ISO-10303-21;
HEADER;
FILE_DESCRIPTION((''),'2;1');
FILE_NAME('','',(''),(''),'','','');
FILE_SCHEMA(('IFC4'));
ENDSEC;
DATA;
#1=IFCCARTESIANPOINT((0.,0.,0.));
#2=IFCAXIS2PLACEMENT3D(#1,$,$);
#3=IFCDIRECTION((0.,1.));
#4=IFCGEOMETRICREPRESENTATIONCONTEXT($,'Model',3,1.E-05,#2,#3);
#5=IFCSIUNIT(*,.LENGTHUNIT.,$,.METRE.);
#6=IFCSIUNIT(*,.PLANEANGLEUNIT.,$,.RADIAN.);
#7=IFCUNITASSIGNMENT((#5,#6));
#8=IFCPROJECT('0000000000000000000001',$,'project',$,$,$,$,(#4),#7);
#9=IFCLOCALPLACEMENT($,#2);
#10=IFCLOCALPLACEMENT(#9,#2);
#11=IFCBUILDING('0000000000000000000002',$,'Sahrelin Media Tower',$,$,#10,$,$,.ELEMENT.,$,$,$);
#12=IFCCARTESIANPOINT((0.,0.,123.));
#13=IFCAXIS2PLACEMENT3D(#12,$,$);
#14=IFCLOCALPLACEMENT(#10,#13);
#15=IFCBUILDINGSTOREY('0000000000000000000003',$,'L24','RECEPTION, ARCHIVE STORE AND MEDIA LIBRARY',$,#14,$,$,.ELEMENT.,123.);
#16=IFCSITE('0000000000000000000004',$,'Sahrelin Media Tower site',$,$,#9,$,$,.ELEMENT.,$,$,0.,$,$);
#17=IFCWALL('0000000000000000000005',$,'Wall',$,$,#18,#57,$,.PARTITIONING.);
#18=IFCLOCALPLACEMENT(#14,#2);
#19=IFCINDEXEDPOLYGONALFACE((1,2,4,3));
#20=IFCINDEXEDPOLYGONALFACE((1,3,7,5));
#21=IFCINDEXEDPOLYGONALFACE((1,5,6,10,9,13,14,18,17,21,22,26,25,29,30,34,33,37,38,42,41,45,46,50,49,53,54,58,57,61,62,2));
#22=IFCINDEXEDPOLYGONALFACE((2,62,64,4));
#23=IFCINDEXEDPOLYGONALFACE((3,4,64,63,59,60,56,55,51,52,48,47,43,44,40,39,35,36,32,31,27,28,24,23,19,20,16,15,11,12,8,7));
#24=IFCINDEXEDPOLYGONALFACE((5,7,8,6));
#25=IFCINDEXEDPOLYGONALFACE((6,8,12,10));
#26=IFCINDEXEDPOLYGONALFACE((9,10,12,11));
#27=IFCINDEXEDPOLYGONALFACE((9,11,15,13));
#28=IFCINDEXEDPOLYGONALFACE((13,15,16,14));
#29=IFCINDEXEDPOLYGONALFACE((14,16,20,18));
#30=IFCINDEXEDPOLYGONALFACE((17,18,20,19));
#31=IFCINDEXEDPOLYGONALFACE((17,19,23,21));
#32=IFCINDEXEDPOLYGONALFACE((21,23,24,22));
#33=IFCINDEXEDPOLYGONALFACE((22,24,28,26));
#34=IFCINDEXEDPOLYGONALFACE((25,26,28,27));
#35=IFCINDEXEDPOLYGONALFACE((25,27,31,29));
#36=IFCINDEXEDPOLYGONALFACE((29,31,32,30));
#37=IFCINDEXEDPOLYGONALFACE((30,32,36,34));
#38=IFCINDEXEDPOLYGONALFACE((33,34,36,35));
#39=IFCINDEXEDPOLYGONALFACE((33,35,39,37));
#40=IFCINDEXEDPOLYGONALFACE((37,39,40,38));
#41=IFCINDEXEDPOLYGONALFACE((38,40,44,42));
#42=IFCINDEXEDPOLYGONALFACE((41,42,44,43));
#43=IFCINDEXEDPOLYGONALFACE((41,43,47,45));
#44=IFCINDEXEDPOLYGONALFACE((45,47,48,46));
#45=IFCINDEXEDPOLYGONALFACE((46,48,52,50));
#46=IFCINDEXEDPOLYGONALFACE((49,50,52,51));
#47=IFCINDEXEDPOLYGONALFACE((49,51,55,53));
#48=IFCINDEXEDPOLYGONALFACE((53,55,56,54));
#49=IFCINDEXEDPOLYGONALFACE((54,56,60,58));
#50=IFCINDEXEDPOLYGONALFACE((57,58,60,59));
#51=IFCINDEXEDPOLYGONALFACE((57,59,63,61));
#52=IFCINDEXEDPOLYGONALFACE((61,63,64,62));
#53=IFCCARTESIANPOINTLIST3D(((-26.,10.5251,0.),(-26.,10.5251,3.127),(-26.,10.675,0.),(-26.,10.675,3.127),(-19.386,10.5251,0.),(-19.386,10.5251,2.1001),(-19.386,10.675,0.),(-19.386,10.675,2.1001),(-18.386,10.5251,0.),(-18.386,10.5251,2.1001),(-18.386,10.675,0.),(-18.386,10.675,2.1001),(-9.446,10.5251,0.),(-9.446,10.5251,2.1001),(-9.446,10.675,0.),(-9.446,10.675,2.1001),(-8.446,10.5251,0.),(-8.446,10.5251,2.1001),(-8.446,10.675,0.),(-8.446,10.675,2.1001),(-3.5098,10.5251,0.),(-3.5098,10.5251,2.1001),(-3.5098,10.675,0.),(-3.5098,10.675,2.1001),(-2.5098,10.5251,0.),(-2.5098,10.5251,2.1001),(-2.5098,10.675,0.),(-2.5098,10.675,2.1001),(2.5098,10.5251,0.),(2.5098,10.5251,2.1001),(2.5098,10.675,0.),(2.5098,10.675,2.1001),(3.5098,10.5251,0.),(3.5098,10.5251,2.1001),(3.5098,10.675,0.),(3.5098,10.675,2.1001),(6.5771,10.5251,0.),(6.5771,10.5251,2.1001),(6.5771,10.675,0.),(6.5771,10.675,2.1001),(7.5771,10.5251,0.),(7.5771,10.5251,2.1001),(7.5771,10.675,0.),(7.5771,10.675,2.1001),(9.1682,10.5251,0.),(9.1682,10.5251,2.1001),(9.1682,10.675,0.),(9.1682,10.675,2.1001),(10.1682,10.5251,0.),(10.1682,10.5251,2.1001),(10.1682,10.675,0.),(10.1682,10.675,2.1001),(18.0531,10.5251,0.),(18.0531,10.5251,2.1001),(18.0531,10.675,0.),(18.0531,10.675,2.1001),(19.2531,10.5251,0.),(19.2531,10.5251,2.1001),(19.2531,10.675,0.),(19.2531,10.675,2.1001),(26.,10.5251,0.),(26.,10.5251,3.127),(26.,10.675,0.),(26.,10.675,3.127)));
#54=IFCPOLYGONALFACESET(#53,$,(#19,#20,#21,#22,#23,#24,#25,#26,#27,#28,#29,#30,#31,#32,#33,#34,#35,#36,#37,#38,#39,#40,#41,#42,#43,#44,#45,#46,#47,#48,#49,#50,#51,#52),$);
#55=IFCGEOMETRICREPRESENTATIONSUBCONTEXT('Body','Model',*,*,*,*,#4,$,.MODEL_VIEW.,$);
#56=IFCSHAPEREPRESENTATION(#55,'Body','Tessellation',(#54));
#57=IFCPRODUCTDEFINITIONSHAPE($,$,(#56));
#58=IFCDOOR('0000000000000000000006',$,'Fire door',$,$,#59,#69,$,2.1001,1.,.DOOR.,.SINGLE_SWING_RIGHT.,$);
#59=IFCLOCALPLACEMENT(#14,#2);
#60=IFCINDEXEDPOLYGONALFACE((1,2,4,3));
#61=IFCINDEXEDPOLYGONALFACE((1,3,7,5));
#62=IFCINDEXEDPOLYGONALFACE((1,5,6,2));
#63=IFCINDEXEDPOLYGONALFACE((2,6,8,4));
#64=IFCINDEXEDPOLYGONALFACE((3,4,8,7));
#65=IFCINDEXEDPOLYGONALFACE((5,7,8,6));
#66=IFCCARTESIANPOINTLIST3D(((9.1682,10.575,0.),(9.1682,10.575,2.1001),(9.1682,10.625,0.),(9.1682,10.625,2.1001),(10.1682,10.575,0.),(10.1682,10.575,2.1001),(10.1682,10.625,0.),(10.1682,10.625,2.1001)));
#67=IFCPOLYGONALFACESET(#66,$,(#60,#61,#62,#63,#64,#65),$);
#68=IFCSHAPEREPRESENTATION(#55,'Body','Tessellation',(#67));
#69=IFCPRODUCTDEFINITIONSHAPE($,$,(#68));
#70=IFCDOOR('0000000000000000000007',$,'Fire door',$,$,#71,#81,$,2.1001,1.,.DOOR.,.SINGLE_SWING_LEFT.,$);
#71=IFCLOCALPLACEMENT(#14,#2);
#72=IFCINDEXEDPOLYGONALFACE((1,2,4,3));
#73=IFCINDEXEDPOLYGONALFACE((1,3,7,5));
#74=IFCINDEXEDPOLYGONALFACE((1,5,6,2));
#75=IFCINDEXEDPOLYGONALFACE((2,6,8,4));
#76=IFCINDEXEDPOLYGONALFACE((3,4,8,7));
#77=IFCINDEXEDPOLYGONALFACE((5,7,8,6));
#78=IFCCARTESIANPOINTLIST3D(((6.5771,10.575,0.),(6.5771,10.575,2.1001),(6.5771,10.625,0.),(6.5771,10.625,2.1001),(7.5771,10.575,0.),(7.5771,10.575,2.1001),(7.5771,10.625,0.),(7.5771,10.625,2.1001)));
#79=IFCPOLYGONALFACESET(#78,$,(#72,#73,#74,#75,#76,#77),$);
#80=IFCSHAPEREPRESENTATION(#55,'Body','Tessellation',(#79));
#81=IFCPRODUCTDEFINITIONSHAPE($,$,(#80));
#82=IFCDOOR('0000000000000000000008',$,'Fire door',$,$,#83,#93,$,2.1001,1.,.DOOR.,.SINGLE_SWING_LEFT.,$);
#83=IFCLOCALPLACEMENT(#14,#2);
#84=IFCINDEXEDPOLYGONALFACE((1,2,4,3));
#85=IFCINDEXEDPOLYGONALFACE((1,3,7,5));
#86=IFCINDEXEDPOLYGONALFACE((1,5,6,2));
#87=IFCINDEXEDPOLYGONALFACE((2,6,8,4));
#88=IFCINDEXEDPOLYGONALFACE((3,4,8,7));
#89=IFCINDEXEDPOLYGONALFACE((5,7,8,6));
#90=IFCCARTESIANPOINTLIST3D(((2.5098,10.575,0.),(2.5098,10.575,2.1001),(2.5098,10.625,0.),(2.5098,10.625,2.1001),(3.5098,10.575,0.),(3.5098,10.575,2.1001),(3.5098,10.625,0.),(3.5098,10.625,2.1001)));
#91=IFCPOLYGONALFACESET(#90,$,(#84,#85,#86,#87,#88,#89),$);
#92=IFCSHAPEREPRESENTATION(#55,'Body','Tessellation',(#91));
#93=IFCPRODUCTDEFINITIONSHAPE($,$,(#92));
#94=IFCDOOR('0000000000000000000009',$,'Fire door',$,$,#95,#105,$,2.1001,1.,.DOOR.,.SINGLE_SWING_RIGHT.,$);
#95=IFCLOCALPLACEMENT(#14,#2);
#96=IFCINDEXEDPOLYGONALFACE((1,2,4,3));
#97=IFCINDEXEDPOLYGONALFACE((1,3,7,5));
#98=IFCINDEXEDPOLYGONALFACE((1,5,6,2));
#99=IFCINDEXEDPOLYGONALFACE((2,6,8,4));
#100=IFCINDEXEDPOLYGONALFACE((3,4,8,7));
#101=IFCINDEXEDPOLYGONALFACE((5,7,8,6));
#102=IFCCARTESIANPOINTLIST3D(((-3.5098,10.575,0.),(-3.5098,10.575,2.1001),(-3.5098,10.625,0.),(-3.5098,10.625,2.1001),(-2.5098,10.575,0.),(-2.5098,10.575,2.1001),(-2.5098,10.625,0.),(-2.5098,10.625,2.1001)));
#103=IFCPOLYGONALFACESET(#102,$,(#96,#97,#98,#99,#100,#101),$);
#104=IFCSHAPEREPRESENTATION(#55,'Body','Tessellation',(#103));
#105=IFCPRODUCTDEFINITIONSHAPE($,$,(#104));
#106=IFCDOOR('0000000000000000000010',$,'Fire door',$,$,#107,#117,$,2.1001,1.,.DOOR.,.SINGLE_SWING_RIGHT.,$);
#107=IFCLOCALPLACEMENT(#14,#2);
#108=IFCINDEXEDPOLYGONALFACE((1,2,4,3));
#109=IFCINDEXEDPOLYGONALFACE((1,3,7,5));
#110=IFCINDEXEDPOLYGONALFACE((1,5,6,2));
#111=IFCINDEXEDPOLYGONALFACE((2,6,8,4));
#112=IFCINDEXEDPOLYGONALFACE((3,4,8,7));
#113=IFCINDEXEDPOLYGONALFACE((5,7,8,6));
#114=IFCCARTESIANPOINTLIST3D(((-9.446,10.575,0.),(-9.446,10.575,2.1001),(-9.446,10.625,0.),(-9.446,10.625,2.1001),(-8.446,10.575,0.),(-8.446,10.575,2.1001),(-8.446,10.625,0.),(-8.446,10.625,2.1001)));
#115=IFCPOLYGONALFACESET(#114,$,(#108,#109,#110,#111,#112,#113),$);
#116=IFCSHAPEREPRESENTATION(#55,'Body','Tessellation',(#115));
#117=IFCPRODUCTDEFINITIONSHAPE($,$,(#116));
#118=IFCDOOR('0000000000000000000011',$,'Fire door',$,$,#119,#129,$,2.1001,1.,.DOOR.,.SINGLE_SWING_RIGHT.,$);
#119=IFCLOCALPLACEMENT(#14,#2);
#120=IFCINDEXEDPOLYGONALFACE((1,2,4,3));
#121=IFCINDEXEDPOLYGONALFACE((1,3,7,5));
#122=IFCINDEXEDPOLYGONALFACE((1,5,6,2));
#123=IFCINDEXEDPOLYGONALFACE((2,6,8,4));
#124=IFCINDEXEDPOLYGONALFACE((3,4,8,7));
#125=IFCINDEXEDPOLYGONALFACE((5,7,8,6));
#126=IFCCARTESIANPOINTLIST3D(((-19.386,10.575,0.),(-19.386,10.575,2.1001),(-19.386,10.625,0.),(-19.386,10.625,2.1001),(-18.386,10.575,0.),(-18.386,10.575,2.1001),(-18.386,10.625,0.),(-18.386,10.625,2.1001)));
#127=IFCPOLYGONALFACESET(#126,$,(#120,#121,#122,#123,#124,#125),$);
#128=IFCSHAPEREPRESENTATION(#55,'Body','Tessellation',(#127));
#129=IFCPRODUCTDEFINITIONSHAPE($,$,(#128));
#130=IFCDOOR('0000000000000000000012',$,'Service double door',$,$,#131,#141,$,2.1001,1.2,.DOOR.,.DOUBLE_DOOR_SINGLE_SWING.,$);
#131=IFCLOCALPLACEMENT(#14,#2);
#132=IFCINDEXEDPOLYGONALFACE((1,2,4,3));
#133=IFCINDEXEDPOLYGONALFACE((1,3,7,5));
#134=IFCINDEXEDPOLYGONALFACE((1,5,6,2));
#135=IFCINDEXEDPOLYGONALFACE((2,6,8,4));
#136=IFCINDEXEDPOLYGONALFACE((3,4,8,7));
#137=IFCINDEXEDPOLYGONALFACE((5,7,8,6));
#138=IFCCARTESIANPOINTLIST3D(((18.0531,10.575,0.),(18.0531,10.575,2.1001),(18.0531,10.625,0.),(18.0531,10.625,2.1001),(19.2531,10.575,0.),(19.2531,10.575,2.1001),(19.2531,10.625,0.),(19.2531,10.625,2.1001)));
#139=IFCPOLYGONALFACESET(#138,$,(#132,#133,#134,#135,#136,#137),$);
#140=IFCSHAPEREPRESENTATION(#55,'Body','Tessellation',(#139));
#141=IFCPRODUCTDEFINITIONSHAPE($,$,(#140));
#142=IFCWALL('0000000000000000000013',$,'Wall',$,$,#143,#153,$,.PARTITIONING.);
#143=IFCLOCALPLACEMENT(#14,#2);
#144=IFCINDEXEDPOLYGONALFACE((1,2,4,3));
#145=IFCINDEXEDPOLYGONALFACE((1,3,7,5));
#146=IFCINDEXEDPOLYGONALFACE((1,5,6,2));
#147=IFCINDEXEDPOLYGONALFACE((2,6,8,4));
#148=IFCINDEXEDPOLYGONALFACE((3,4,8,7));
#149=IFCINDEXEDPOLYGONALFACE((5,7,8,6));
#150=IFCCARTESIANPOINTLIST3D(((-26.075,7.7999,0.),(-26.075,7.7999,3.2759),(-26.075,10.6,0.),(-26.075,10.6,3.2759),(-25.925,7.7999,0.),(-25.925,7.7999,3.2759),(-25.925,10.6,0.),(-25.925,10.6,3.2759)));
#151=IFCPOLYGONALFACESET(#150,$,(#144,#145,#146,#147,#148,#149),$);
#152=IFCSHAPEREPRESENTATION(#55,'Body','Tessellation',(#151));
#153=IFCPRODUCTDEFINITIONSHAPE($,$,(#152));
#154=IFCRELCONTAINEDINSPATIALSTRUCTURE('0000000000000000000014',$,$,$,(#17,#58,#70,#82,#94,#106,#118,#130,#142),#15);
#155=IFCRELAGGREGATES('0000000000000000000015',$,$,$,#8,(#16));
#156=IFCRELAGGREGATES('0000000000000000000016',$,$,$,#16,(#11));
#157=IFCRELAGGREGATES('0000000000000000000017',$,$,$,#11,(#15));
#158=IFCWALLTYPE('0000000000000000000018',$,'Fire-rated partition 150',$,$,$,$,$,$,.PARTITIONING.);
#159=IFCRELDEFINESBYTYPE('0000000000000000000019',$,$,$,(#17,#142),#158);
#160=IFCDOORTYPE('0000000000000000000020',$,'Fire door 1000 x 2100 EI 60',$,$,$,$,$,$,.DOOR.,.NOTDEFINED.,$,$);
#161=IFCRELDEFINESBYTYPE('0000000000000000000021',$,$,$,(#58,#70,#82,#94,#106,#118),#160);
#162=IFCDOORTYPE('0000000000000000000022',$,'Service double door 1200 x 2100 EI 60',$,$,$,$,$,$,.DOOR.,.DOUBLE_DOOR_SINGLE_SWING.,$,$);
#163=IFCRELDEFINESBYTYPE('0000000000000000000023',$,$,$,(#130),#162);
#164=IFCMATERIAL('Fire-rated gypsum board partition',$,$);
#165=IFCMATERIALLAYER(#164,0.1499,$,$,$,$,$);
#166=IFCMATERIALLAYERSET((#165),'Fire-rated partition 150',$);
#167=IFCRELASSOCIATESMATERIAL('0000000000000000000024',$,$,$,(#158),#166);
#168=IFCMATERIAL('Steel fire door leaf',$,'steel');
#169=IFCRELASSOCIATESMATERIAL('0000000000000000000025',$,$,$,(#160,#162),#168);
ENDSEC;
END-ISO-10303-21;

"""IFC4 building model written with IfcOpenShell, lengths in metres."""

from ifc_helpers import new_model, si_unit, direction, frame, frame_2d, origin, place, context, subcontext, project, spatial, rectangle, extrude, material, layer, layer_set, type_object, element, fill, save


model = new_model("IFC4")

# Units and contexts
model_context = context("Model", 3, precision=1e-05, world=origin(), true_north=direction((0.0, 1.0)))
body_context = subcontext(model_context, "Body", "Model", "MODEL_VIEW")
ifc_project = project(units=[si_unit("LENGTHUNIT", "METRE"), si_unit("PLANEANGLEUNIT", "RADIAN")], contexts=[model_context])

# Site, building, storey
site_placement = place(None, origin())
site = spatial("IfcSite", under=ifc_project, at=site_placement, Name="Sahrelin Media Tower site", CompositionType="ELEMENT", RefElevation=0.0)
building_placement = place(site_placement, origin())
building = spatial("IfcBuilding", under=site, at=building_placement, Name="Sahrelin Media Tower", CompositionType="ELEMENT")
storey_placement = place(building_placement, frame((0.0, 0.0, 123.0)))
storey = spatial("IfcBuildingStorey", under=building, at=storey_placement, Name="L24", Description="RECEPTION, ARCHIVE STORE AND MEDIA LIBRARY", CompositionType="ELEMENT", Elevation=123.0)

# Shared definitions
ifc_material_1 = material(Name="Fire-rated gypsum board partition")
ifc_layer_1 = layer(ifc_material_1, 0.1499)
ifc_layer_set_1 = layer_set([ifc_layer_1], Name="Fire-rated partition 150")
wall_type = type_object("IfcWallType", Name="Fire-rated partition 150", PredefinedType="PARTITIONING", material=ifc_layer_set_1)

# Wall, openings, doors
wall_1_placement = place(storey_placement, frame((-26.0, 10.6001, 0.0), z_axis=(0.0, 0.0, 1.0), x_axis=(1.0, 0.0, 0.0)))
wall_1 = element("IfcWall", 1, at=wall_1_placement, inside=storey, type_object=wall_type, Name="Wall", PredefinedType="PARTITIONING", context=body_context, shape_type="SweptSolid", body=[
    extrude(rectangle(XDim=52.0, YDim=0.1499, at=frame_2d((26.0, 0.0))), origin(), (0.0, 0.0, 1.0), 3.127),
])
opening_1_placement = place(wall_1_placement, frame((44.053, 0.0, 0.0)))
opening_1 = element("IfcOpeningElement", 2, at=opening_1_placement, cuts=wall_1, PredefinedType="OPENING", context=body_context, shape_type="SweptSolid", body=[
    extrude(rectangle(XDim=1.2, YDim=2.1001, at=frame_2d((0.6001, 1.05))), frame((0.0, 0.075, 0.0), z_axis=(0.0, -1.0, 0.0), x_axis=(1.0, 0.0, 0.0)), (0.0, 0.0, 1.0), 0.1499),
])
opening_2_placement = place(wall_1_placement, frame((35.1682, 0.0, 0.0)))
opening_2 = element("IfcOpeningElement", 3, at=opening_2_placement, cuts=wall_1, PredefinedType="OPENING", context=body_context, shape_type="SweptSolid", body=[
    extrude(rectangle(XDim=1.0, YDim=2.1001, at=frame_2d((0.5, 1.05))), frame((0.0, 0.075, 0.0), z_axis=(0.0, -1.0, 0.0), x_axis=(1.0, 0.0, 0.0)), (0.0, 0.0, 1.0), 0.1499),
])
opening_3_placement = place(wall_1_placement, frame((32.5771, 0.0, 0.0)))
opening_3 = element("IfcOpeningElement", 4, at=opening_3_placement, cuts=wall_1, PredefinedType="OPENING", context=body_context, shape_type="SweptSolid", body=[
    extrude(rectangle(XDim=1.0, YDim=2.1001, at=frame_2d((0.5, 1.05))), frame((0.0, 0.075, 0.0), z_axis=(0.0, -1.0, 0.0), x_axis=(1.0, 0.0, 0.0)), (0.0, 0.0, 1.0), 0.1499),
])
opening_4_placement = place(wall_1_placement, frame((28.5098, 0.0, 0.0)))
opening_4 = element("IfcOpeningElement", 5, at=opening_4_placement, cuts=wall_1, PredefinedType="OPENING", context=body_context, shape_type="SweptSolid", body=[
    extrude(rectangle(XDim=1.0, YDim=2.1001, at=frame_2d((0.5, 1.05))), frame((0.0, 0.075, 0.0), z_axis=(0.0, -1.0, 0.0), x_axis=(1.0, 0.0, 0.0)), (0.0, 0.0, 1.0), 0.1499),
])
opening_5_placement = place(wall_1_placement, frame((22.4902, 0.0, 0.0)))
opening_5 = element("IfcOpeningElement", 6, at=opening_5_placement, cuts=wall_1, PredefinedType="OPENING", context=body_context, shape_type="SweptSolid", body=[
    extrude(rectangle(XDim=1.0, YDim=2.1001, at=frame_2d((0.5, 1.05))), frame((0.0, 0.075, 0.0), z_axis=(0.0, -1.0, 0.0), x_axis=(1.0, 0.0, 0.0)), (0.0, 0.0, 1.0), 0.1499),
])
opening_6_placement = place(wall_1_placement, frame((16.554, 0.0, 0.0)))
opening_6 = element("IfcOpeningElement", 7, at=opening_6_placement, cuts=wall_1, PredefinedType="OPENING", context=body_context, shape_type="SweptSolid", body=[
    extrude(rectangle(XDim=1.0, YDim=2.1001, at=frame_2d((0.5, 1.05))), frame((0.0, 0.075, 0.0), z_axis=(0.0, -1.0, 0.0), x_axis=(1.0, 0.0, 0.0)), (0.0, 0.0, 1.0), 0.1499),
])
opening_7_placement = place(wall_1_placement, frame((6.614, 0.0, 0.0)))
opening_7 = element("IfcOpeningElement", 8, at=opening_7_placement, cuts=wall_1, PredefinedType="OPENING", context=body_context, shape_type="SweptSolid", body=[
    extrude(rectangle(XDim=1.0, YDim=2.1001, at=frame_2d((0.5, 1.05))), frame((0.0, 0.075, 0.0), z_axis=(0.0, -1.0, 0.0), x_axis=(1.0, 0.0, 0.0)), (0.0, 0.0, 1.0), 0.1499),
])
ifc_material_2 = material(Name="Steel fire door leaf", Category="steel")
door_type_1 = type_object("IfcDoorType", Name="Fire door 1000 x 2100 EI 60", OperationType="NOTDEFINED", PredefinedType="DOOR", material=ifc_material_2)
door_1_placement = place(opening_2_placement, origin())
door_1 = element("IfcDoor", 9, at=door_1_placement, inside=storey, type_object=door_type_1, Name="Fire door", OperationType="SINGLE_SWING_RIGHT", OverallHeight=2.1001, OverallWidth=1.0, PredefinedType="DOOR", context=body_context, shape_type="SweptSolid", body=[
    extrude(rectangle(XDim=1.0, YDim=2.1001, at=frame_2d((0.5, 1.05))), frame((0.0, 0.0249, 0.0), z_axis=(0.0, -1.0, 0.0), x_axis=(1.0, 0.0, 0.0)), (0.0, 0.0, 1.0), 0.05),
])
fill(opening_2, door_1)
door_2_placement = place(opening_3_placement, origin())
door_2 = element("IfcDoor", 10, at=door_2_placement, inside=storey, type_object=door_type_1, Name="Fire door", OperationType="SINGLE_SWING_LEFT", OverallHeight=2.1001, OverallWidth=1.0, PredefinedType="DOOR", context=body_context, shape_type="SweptSolid", body=[
    extrude(rectangle(XDim=1.0, YDim=2.1001, at=frame_2d((0.5, 1.05))), frame((0.0, 0.0249, 0.0), z_axis=(0.0, -1.0, 0.0), x_axis=(1.0, 0.0, 0.0)), (0.0, 0.0, 1.0), 0.05),
])
fill(opening_3, door_2)
door_3_placement = place(opening_4_placement, origin())
door_3 = element("IfcDoor", 11, at=door_3_placement, inside=storey, type_object=door_type_1, Name="Fire door", OperationType="SINGLE_SWING_LEFT", OverallHeight=2.1001, OverallWidth=1.0, PredefinedType="DOOR", context=body_context, shape_type="SweptSolid", body=[
    extrude(rectangle(XDim=1.0, YDim=2.1001, at=frame_2d((0.5, 1.05))), frame((0.0, 0.0249, 0.0), z_axis=(0.0, -1.0, 0.0), x_axis=(1.0, 0.0, 0.0)), (0.0, 0.0, 1.0), 0.05),
])
fill(opening_4, door_3)
door_4_placement = place(opening_5_placement, origin())
door_4 = element("IfcDoor", 12, at=door_4_placement, inside=storey, type_object=door_type_1, Name="Fire door", OperationType="SINGLE_SWING_RIGHT", OverallHeight=2.1001, OverallWidth=1.0, PredefinedType="DOOR", context=body_context, shape_type="SweptSolid", body=[
    extrude(rectangle(XDim=1.0, YDim=2.1001, at=frame_2d((0.5, 1.05))), frame((0.0, 0.0249, 0.0), z_axis=(0.0, -1.0, 0.0), x_axis=(1.0, 0.0, 0.0)), (0.0, 0.0, 1.0), 0.05),
])
fill(opening_5, door_4)
door_5_placement = place(opening_6_placement, origin())
door_5 = element("IfcDoor", 13, at=door_5_placement, inside=storey, type_object=door_type_1, Name="Fire door", OperationType="SINGLE_SWING_RIGHT", OverallHeight=2.1001, OverallWidth=1.0, PredefinedType="DOOR", context=body_context, shape_type="SweptSolid", body=[
    extrude(rectangle(XDim=1.0, YDim=2.1001, at=frame_2d((0.5, 1.05))), frame((0.0, 0.0249, 0.0), z_axis=(0.0, -1.0, 0.0), x_axis=(1.0, 0.0, 0.0)), (0.0, 0.0, 1.0), 0.05),
])
fill(opening_6, door_5)
door_6_placement = place(opening_7_placement, origin())
door_6 = element("IfcDoor", 14, at=door_6_placement, inside=storey, type_object=door_type_1, Name="Fire door", OperationType="SINGLE_SWING_RIGHT", OverallHeight=2.1001, OverallWidth=1.0, PredefinedType="DOOR", context=body_context, shape_type="SweptSolid", body=[
    extrude(rectangle(XDim=1.0, YDim=2.1001, at=frame_2d((0.5, 1.05))), frame((0.0, 0.0249, 0.0), z_axis=(0.0, -1.0, 0.0), x_axis=(1.0, 0.0, 0.0)), (0.0, 0.0, 1.0), 0.05),
])
fill(opening_7, door_6)
door_type_2 = type_object("IfcDoorType", Name="Service double door 1200 x 2100 EI 60", OperationType="DOUBLE_DOOR_SINGLE_SWING", PredefinedType="DOOR", material=ifc_material_2)
door_7_placement = place(opening_1_placement, origin())
door_7 = element("IfcDoor", 15, at=door_7_placement, inside=storey, type_object=door_type_2, Name="Service double door", OperationType="DOUBLE_DOOR_SINGLE_SWING", OverallHeight=2.1001, OverallWidth=1.2, PredefinedType="DOOR", context=body_context, shape_type="SweptSolid", body=[
    extrude(rectangle(XDim=1.2, YDim=2.1001, at=frame_2d((0.6001, 1.05))), frame((0.0, 0.0249, 0.0), z_axis=(0.0, -1.0, 0.0), x_axis=(1.0, 0.0, 0.0)), (0.0, 0.0, 1.0), 0.05),
])
fill(opening_1, door_7)

# Wall
wall_2_placement = place(storey_placement, frame((-26.0, 7.8, 0.0), z_axis=(0.0, 0.0, 1.0), x_axis=(0.0, 1.0, 0.0)))
element("IfcWall", 16, at=wall_2_placement, inside=storey, type_object=wall_type, Name="Wall", PredefinedType="PARTITIONING", context=body_context, shape_type="SweptSolid", body=[
    extrude(rectangle(XDim=2.8, YDim=0.1499, at=frame_2d((1.3999, 0.0))), origin(), (0.0, 0.0, 1.0), 3.2759),
])

save(model, "model.ifc")
